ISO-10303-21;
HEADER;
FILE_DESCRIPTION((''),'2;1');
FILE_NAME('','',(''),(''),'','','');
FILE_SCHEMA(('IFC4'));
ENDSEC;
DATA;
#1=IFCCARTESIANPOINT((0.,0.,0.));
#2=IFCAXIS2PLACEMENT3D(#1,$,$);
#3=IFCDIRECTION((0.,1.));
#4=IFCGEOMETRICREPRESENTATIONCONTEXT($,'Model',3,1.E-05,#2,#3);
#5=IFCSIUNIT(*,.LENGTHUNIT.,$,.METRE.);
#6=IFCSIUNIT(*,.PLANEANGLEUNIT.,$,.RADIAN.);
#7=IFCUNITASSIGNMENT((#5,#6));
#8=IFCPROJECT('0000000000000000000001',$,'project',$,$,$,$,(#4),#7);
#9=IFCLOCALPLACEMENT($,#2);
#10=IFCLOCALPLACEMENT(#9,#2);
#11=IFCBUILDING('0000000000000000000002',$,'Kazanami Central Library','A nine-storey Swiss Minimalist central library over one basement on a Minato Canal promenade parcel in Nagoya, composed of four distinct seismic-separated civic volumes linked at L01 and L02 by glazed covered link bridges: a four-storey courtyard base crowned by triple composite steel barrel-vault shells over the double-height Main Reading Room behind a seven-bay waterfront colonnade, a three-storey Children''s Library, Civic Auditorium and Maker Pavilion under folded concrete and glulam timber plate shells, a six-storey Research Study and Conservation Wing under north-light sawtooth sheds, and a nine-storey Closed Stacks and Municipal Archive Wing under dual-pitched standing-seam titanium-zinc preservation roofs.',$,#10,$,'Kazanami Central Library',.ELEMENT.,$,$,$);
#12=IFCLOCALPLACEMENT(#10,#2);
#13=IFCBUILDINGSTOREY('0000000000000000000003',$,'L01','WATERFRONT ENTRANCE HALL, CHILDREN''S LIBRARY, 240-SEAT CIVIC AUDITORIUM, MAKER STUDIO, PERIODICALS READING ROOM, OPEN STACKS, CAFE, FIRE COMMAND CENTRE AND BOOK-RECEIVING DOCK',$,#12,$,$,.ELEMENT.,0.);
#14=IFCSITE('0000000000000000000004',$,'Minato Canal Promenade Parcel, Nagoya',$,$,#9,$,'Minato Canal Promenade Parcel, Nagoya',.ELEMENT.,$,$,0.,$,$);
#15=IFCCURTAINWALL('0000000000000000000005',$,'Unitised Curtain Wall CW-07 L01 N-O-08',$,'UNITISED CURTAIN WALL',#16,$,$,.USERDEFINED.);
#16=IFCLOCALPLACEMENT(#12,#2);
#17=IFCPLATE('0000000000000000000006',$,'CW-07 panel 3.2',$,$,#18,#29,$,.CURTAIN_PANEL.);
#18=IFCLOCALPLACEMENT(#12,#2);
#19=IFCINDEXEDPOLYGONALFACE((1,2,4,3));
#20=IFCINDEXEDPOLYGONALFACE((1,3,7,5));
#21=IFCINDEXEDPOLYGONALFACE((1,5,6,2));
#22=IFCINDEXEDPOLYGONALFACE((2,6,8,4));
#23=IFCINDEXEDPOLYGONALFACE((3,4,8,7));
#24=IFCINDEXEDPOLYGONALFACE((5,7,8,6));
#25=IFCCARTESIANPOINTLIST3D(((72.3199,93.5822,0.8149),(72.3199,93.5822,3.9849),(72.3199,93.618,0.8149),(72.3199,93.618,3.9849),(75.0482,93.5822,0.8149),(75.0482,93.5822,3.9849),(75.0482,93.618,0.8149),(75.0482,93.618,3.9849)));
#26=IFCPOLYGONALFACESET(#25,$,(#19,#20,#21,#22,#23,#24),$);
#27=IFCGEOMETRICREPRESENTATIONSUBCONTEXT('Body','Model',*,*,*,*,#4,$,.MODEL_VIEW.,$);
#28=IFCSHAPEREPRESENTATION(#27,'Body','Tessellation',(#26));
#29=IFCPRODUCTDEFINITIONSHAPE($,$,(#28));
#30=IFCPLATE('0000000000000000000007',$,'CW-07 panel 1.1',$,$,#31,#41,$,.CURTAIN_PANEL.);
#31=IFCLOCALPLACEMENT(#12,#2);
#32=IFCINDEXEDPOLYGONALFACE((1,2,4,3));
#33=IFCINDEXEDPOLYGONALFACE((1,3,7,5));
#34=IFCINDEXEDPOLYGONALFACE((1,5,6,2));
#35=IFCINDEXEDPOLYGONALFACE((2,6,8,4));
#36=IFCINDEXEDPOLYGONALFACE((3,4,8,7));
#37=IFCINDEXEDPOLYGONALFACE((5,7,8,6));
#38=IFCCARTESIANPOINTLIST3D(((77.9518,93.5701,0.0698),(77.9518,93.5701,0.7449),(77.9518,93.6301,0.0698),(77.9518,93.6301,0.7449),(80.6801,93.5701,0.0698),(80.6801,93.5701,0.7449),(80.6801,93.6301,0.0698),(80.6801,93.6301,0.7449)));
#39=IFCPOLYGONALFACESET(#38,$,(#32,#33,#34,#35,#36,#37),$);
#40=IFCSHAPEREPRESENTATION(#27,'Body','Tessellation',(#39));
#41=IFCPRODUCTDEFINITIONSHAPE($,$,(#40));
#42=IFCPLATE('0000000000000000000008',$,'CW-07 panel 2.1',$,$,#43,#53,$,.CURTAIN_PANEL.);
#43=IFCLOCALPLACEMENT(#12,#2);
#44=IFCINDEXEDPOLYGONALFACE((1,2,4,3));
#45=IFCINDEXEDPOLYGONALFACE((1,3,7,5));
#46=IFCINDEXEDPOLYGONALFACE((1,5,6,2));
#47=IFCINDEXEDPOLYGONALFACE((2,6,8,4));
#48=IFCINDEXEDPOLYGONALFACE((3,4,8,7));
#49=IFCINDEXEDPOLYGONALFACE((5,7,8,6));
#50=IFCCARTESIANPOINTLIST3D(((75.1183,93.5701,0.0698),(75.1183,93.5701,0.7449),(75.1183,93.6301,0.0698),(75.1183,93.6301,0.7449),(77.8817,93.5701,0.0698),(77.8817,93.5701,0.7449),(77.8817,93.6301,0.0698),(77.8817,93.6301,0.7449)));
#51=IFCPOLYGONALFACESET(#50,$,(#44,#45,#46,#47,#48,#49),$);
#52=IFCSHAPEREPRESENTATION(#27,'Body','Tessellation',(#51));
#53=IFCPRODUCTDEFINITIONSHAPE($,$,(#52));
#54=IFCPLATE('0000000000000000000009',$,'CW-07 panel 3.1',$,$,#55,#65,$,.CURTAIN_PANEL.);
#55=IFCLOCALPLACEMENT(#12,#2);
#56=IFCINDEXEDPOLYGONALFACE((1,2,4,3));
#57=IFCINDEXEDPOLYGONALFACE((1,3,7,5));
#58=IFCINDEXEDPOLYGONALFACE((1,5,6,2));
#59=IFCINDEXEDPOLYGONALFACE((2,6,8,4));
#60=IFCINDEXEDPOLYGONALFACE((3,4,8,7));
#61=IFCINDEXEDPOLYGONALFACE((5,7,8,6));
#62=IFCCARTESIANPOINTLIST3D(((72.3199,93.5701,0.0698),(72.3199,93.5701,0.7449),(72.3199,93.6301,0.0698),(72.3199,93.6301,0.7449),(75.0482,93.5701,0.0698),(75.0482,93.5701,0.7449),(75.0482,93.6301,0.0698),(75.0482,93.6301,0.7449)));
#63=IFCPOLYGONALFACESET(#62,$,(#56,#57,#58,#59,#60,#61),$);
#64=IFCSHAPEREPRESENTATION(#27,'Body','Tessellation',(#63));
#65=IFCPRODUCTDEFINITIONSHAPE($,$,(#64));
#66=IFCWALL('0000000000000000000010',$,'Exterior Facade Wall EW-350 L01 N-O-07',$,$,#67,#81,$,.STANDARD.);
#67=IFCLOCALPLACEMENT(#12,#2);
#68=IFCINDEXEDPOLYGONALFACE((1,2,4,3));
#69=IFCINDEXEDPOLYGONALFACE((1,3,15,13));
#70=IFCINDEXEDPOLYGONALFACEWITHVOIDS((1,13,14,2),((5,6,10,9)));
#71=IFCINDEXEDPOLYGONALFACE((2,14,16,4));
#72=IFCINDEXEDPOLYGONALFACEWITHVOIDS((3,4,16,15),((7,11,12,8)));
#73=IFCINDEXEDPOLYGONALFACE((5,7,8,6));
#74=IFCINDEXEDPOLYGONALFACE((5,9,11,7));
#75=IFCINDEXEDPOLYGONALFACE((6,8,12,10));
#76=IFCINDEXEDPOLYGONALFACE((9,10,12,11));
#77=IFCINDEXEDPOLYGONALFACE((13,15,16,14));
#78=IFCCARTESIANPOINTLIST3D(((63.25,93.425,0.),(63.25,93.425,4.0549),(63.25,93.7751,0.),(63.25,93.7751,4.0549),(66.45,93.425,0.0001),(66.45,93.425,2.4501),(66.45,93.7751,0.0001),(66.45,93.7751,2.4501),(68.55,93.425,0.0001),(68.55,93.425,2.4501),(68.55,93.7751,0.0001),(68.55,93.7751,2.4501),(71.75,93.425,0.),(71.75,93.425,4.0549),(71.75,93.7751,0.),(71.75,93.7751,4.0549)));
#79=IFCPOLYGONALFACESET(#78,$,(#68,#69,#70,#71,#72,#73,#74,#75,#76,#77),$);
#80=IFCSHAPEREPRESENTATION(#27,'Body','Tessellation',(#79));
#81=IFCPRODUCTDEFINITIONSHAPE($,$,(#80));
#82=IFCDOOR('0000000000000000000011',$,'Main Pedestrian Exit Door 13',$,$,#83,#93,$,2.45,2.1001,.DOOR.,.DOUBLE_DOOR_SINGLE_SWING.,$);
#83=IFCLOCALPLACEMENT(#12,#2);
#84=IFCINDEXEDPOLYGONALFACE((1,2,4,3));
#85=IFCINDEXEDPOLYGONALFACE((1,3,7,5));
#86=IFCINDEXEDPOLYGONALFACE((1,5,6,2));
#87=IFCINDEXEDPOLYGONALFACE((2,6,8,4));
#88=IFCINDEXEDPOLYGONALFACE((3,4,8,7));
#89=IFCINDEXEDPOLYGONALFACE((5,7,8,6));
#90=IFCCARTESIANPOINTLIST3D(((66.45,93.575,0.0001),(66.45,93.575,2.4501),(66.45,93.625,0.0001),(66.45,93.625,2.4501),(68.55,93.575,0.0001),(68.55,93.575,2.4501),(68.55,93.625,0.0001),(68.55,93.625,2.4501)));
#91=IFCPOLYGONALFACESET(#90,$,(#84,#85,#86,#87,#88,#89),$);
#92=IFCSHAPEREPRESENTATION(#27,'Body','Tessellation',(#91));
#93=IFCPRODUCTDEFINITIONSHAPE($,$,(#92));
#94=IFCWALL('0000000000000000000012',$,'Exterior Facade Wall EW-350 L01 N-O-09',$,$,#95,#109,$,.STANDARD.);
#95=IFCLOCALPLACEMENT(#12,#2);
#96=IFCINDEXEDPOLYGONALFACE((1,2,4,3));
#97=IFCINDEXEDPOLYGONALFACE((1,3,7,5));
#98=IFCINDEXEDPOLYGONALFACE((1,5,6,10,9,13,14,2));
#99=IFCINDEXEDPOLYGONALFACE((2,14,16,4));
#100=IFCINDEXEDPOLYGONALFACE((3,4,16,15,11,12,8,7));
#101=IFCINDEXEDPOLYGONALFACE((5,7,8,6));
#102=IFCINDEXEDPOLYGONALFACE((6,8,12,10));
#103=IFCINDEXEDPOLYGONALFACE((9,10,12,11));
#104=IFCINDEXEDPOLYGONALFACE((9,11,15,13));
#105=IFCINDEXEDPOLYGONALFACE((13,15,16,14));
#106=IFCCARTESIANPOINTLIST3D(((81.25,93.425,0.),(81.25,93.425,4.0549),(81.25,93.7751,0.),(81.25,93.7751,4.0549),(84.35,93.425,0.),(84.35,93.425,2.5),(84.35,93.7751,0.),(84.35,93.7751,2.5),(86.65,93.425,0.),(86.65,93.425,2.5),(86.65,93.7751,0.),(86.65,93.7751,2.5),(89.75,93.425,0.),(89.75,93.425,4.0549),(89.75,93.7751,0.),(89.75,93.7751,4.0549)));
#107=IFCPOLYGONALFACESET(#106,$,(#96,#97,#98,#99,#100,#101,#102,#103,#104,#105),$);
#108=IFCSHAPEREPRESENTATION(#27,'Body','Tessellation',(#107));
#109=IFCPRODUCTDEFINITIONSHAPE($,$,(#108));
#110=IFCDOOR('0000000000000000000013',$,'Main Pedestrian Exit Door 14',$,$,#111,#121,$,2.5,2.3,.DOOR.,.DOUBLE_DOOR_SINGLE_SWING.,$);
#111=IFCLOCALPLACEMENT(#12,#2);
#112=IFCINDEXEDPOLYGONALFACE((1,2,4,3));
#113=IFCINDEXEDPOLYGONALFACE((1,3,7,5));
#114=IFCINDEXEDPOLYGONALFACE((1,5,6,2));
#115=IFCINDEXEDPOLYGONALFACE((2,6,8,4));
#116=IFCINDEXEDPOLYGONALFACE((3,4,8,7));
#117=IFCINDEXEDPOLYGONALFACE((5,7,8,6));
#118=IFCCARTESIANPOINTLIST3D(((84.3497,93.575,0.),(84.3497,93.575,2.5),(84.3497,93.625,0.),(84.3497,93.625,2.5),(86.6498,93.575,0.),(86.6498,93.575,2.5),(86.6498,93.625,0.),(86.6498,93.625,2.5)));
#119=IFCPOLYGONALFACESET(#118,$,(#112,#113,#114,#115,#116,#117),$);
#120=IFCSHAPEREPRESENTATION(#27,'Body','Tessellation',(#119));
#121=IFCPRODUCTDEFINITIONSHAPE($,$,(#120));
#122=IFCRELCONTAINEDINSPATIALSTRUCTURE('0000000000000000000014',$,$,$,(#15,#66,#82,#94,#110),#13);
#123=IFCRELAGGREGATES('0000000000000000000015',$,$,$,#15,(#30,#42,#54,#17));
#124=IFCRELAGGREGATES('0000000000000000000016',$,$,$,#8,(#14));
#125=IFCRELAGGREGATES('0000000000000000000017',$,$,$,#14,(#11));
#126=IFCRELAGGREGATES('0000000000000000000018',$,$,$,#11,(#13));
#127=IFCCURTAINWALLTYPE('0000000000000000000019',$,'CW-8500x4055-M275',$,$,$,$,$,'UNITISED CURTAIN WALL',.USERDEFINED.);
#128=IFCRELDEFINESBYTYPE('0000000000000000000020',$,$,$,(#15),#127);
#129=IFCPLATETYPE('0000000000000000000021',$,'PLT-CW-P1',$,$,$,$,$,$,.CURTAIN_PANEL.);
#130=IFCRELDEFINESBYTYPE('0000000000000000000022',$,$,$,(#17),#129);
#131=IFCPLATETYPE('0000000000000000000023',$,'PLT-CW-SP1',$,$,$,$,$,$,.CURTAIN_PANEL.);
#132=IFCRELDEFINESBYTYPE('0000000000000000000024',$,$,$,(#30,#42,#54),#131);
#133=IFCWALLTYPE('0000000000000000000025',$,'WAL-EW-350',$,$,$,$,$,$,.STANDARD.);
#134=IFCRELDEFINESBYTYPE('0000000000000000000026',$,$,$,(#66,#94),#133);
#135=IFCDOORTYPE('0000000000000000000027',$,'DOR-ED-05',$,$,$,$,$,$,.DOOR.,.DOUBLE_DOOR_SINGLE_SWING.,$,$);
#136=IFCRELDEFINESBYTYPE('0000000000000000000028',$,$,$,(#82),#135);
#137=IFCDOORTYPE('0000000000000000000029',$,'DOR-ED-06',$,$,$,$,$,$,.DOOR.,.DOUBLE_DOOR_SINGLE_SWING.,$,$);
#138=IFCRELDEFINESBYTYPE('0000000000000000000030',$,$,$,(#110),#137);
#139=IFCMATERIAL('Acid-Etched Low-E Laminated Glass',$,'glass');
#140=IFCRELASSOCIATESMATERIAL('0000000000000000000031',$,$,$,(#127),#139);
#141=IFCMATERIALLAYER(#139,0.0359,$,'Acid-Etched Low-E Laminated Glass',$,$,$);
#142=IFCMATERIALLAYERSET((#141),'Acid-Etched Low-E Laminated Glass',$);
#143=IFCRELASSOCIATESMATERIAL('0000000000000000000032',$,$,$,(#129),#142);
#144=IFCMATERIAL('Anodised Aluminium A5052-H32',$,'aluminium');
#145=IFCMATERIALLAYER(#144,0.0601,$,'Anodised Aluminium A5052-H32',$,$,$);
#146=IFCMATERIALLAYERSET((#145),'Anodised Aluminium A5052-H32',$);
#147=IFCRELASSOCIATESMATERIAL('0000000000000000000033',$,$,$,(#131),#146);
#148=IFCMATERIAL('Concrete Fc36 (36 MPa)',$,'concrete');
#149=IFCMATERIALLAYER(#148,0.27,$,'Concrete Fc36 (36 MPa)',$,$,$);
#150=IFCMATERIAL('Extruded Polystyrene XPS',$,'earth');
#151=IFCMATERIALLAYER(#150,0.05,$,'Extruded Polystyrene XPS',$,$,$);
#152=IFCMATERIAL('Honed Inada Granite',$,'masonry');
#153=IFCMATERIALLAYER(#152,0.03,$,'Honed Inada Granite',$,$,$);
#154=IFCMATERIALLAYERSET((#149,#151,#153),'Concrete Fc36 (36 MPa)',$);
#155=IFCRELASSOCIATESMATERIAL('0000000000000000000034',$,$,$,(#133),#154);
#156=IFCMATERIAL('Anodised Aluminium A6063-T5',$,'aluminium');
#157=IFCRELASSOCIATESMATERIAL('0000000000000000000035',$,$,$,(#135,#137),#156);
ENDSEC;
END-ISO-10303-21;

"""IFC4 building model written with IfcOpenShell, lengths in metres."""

from ifc_helpers import new_model, si_unit, direction, frame, frame_2d, origin, origin_2d, place, context, subcontext, project, spatial, rectangle, extrude, material, layer, layer_set, type_object, element, fill, aggregate, save


model = new_model("IFC4")

# Units and contexts
model_context = context("Model", 3, precision=1e-05, world=origin(), true_north=direction((0.0, 1.0)))
body_context = subcontext(model_context, "Body", "Model", "MODEL_VIEW")
ifc_project = project(units=[si_unit("LENGTHUNIT", "METRE"), si_unit("PLANEANGLEUNIT", "RADIAN")], contexts=[model_context])

# Site, building, storey
site_placement = place(None, origin())
site = spatial("IfcSite", under=ifc_project, at=site_placement, Name="Minato Canal Promenade Parcel, Nagoya", LongName="Minato Canal Promenade Parcel, Nagoya", CompositionType="ELEMENT", RefElevation=0.0)
building_placement = place(site_placement, origin())
building = spatial("IfcBuilding", under=site, at=building_placement, Name="Kazanami Central Library", Description="A nine-storey Swiss Minimalist central library over one basement on a Minato Canal promenade parcel in Nagoya, composed of four distinct seismic-separated civic volumes linked at L01 and L02 by glazed covered link bridges: a four-storey courtyard base crowned by triple composite steel barrel-vault shells over the double-height Main Reading Room behind a seven-bay waterfront colonnade, a three-storey Children's Library, Civic Auditorium and Maker Pavilion under folded concrete and glulam timber plate shells, a six-storey Research Study and Conservation Wing under north-light sawtooth sheds, and a nine-storey Closed Stacks and Municipal Archive Wing under dual-pitched standing-seam titanium-zinc preservation roofs.", LongName="Kazanami Central Library", CompositionType="ELEMENT")
storey_placement = place(building_placement, origin())
storey = spatial("IfcBuildingStorey", under=building, at=storey_placement, Name="L01", Description="WATERFRONT ENTRANCE HALL, CHILDREN'S LIBRARY, 240-SEAT CIVIC AUDITORIUM, MAKER STUDIO, PERIODICALS READING ROOM, OPEN STACKS, CAFE, FIRE COMMAND CENTRE AND BOOK-RECEIVING DOCK", CompositionType="ELEMENT", Elevation=0.0)

# Curtain wall, plates
ifc_material_1 = material(Name="Acid-Etched Low-E Laminated Glass", Category="glass")
curtain_wall_type = type_object("IfcCurtainWallType", Name="CW-8500x4055-M275", ElementType="UNITISED CURTAIN WALL", PredefinedType="USERDEFINED", material=ifc_material_1)
curtain_wall_placement = place(storey_placement, origin())
curtain_wall = element("IfcCurtainWall", 1, at=curtain_wall_placement, inside=storey, type_object=curtain_wall_type, Name="Unitised Curtain Wall CW-07 L01 N-O-08", ObjectType="UNITISED CURTAIN WALL", PredefinedType="USERDEFINED")
ifc_material_2 = material(Name="Anodised Aluminium A6063-T5", Category="aluminium")
ifc_layer_1 = layer(ifc_material_1, 0.0359, Name="Acid-Etched Low-E Laminated Glass")
ifc_layer_set_1 = layer_set([ifc_layer_1], Name="Acid-Etched Low-E Laminated Glass")
plate_type_1 = type_object("IfcPlateType", Name="PLT-CW-P1", PredefinedType="CURTAIN_PANEL", material=ifc_layer_set_1)
plate_1_placement = place(storey_placement, frame((73.6841, 93.6001, 0.8149), z_axis=(0.0, 0.0, 1.0), x_axis=(-1.0, 0.0, 0.0)))
plate_1 = element("IfcPlate", 2, at=plate_1_placement, type_object=plate_type_1, Name="CW-07 panel 3.2", PredefinedType="CURTAIN_PANEL", context=body_context, shape_type="SweptSolid", body=[
    extrude(rectangle(XDim=2.7283, YDim=0.0359, at=origin_2d()), origin(), (0.0, 0.0, 1.0), 3.1699),
])
ifc_material_3 = material(Name="Anodised Aluminium A5052-H32", Category="aluminium")
ifc_layer_2 = layer(ifc_material_3, 0.0601, Name="Anodised Aluminium A5052-H32")
ifc_layer_set_2 = layer_set([ifc_layer_2], Name="Anodised Aluminium A5052-H32")
plate_type_2 = type_object("IfcPlateType", Name="PLT-CW-SP1", PredefinedType="CURTAIN_PANEL", material=ifc_layer_set_2)
plate_2_placement = place(storey_placement, frame((79.3159, 93.6001, 0.0698), z_axis=(0.0, 0.0, 1.0), x_axis=(-1.0, 0.0, 0.0)))
plate_2 = element("IfcPlate", 3, at=plate_2_placement, type_object=plate_type_2, Name="CW-07 panel 1.1", PredefinedType="CURTAIN_PANEL", context=body_context, shape_type="SweptSolid", body=[
    extrude(rectangle(XDim=2.7283, YDim=0.0601, at=origin_2d()), origin(), (0.0, 0.0, 1.0), 0.675),
])
plate_3_placement = place(storey_placement, frame((76.5, 93.6001, 0.0698), z_axis=(0.0, 0.0, 1.0), x_axis=(-1.0, 0.0, 0.0)))
plate_3 = element("IfcPlate", 4, at=plate_3_placement, type_object=plate_type_2, Name="CW-07 panel 2.1", PredefinedType="CURTAIN_PANEL", context=body_context, shape_type="SweptSolid", body=[
    extrude(rectangle(XDim=2.7634, YDim=0.0601, at=origin_2d()), origin(), (0.0, 0.0, 1.0), 0.675),
])
plate_4_placement = place(storey_placement, frame((73.6841, 93.6001, 0.0698), z_axis=(0.0, 0.0, 1.0), x_axis=(-1.0, 0.0, 0.0)))
plate_4 = element("IfcPlate", 5, at=plate_4_placement, type_object=plate_type_2, Name="CW-07 panel 3.1", PredefinedType="CURTAIN_PANEL", context=body_context, shape_type="SweptSolid", body=[
    extrude(rectangle(XDim=2.7283, YDim=0.0601, at=origin_2d()), origin(), (0.0, 0.0, 1.0), 0.675),
])
aggregate(curtain_wall, [plate_2, plate_3, plate_4, plate_1])

# Walls, openings, doors
ifc_material_4 = material(Name="Concrete Fc36 (36 MPa)", Category="concrete")
ifc_layer_3 = layer(ifc_material_4, 0.27, Name="Concrete Fc36 (36 MPa)")
ifc_material_5 = material(Name="Extruded Polystyrene XPS", Category="earth")
ifc_layer_4 = layer(ifc_material_5, 0.05, Name="Extruded Polystyrene XPS")
ifc_material_6 = material(Name="Honed Inada Granite", Category="masonry")
ifc_layer_5 = layer(ifc_material_6, 0.03, Name="Honed Inada Granite")
ifc_layer_set_3 = layer_set([ifc_layer_3, ifc_layer_4, ifc_layer_5], Name="Concrete Fc36 (36 MPa)")
wall_type = type_object("IfcWallType", Name="WAL-EW-350", PredefinedType="STANDARD", material=ifc_layer_set_3)
wall_1_placement = place(storey_placement, frame((71.75, 93.6001, 0.0), z_axis=(0.0, 0.0, 1.0), x_axis=(-1.0, 0.0, 0.0)))
wall_1 = element("IfcWall", 6, at=wall_1_placement, inside=storey, type_object=wall_type, Name="Exterior Facade Wall EW-350 L01 N-O-07", PredefinedType="STANDARD", context=body_context, shape_type="SweptSolid", body=[
    extrude(rectangle(XDim=8.5, YDim=0.3501, at=frame_2d((4.25, 0.0))), origin(), (0.0, 0.0, 1.0), 4.0549),
])
opening_1_placement = place(wall_1_placement, frame((3.2, 0.0, 0.0)))
opening_1 = element("IfcOpeningElement", 7, at=opening_1_placement, cuts=wall_1, PredefinedType="OPENING", context=body_context, shape_type="SweptSolid", body=[
    extrude(rectangle(XDim=2.1001, YDim=2.45, at=frame_2d((1.05, 1.2251))), frame((0.0, 0.187, 0.0), z_axis=(0.0, -1.0, 0.0), x_axis=(1.0, 0.0, 0.0)), (0.0, 0.0, 1.0), 0.374),
])
door_type_1 = type_object("IfcDoorType", Name="DOR-ED-05", OperationType="DOUBLE_DOOR_SINGLE_SWING", PredefinedType="DOOR", material=ifc_material_2)
door_1_placement = place(opening_1_placement, frame((2.1001, 0.0, 0.0), z_axis=(0.0, 0.0, 1.0), x_axis=(-1.0, 0.0, 0.0)))
door_1 = element("IfcDoor", 8, at=door_1_placement, inside=storey, type_object=door_type_1, Name="Main Pedestrian Exit Door 13", OperationType="DOUBLE_DOOR_SINGLE_SWING", OverallHeight=2.45, OverallWidth=2.1001, PredefinedType="DOOR", context=body_context, shape_type="SweptSolid", body=[
    extrude(rectangle(XDim=2.1001, YDim=2.45, at=frame_2d((1.05, 1.2251))), frame((0.0, 0.0249, 0.0), z_axis=(0.0, -1.0, 0.0), x_axis=(1.0, 0.0, 0.0)), (0.0, 0.0, 1.0), 0.05),
])
fill(opening_1, door_1)
wall_2_placement = place(storey_placement, frame((89.75, 93.6001, 0.0), z_axis=(0.0, 0.0, 1.0), x_axis=(-1.0, 0.0, 0.0)))
wall_2 = element("IfcWall", 9, at=wall_2_placement, inside=storey, type_object=wall_type, Name="Exterior Facade Wall EW-350 L01 N-O-09", PredefinedType="STANDARD", context=body_context, shape_type="SweptSolid", body=[
    extrude(rectangle(XDim=8.5, YDim=0.3501, at=frame_2d((4.25, 0.0))), origin(), (0.0, 0.0, 1.0), 4.0549),
])
opening_2_placement = place(wall_2_placement, frame((3.1001, 0.0, 0.0)))
opening_2 = element("IfcOpeningElement", 10, at=opening_2_placement, cuts=wall_2, PredefinedType="OPENING", context=body_context, shape_type="SweptSolid", body=[
    extrude(rectangle(XDim=2.3, YDim=2.5, at=frame_2d((1.1499, 1.25))), frame((0.0, 0.187, 0.0), z_axis=(0.0, -1.0, 0.0), x_axis=(1.0, 0.0, 0.0)), (0.0, 0.0, 1.0), 0.374),
])
door_type_2 = type_object("IfcDoorType", Name="DOR-ED-06", OperationType="DOUBLE_DOOR_SINGLE_SWING", PredefinedType="DOOR", material=ifc_material_2)
door_2_placement = place(opening_2_placement, frame((2.3, 0.0, 0.0), z_axis=(0.0, 0.0, 1.0), x_axis=(-1.0, 0.0, 0.0)))
door_2 = element("IfcDoor", 11, at=door_2_placement, inside=storey, type_object=door_type_2, Name="Main Pedestrian Exit Door 14", OperationType="DOUBLE_DOOR_SINGLE_SWING", OverallHeight=2.5, OverallWidth=2.3, PredefinedType="DOOR", context=body_context, shape_type="SweptSolid", body=[
    extrude(rectangle(XDim=2.3, YDim=2.5, at=frame_2d((1.1499, 1.25))), frame((0.0, 0.0249, 0.0), z_axis=(0.0, -1.0, 0.0), x_axis=(1.0, 0.0, 0.0)), (0.0, 0.0, 1.0), 0.05),
])
fill(opening_2, door_2)

save(model, "model.ifc")
